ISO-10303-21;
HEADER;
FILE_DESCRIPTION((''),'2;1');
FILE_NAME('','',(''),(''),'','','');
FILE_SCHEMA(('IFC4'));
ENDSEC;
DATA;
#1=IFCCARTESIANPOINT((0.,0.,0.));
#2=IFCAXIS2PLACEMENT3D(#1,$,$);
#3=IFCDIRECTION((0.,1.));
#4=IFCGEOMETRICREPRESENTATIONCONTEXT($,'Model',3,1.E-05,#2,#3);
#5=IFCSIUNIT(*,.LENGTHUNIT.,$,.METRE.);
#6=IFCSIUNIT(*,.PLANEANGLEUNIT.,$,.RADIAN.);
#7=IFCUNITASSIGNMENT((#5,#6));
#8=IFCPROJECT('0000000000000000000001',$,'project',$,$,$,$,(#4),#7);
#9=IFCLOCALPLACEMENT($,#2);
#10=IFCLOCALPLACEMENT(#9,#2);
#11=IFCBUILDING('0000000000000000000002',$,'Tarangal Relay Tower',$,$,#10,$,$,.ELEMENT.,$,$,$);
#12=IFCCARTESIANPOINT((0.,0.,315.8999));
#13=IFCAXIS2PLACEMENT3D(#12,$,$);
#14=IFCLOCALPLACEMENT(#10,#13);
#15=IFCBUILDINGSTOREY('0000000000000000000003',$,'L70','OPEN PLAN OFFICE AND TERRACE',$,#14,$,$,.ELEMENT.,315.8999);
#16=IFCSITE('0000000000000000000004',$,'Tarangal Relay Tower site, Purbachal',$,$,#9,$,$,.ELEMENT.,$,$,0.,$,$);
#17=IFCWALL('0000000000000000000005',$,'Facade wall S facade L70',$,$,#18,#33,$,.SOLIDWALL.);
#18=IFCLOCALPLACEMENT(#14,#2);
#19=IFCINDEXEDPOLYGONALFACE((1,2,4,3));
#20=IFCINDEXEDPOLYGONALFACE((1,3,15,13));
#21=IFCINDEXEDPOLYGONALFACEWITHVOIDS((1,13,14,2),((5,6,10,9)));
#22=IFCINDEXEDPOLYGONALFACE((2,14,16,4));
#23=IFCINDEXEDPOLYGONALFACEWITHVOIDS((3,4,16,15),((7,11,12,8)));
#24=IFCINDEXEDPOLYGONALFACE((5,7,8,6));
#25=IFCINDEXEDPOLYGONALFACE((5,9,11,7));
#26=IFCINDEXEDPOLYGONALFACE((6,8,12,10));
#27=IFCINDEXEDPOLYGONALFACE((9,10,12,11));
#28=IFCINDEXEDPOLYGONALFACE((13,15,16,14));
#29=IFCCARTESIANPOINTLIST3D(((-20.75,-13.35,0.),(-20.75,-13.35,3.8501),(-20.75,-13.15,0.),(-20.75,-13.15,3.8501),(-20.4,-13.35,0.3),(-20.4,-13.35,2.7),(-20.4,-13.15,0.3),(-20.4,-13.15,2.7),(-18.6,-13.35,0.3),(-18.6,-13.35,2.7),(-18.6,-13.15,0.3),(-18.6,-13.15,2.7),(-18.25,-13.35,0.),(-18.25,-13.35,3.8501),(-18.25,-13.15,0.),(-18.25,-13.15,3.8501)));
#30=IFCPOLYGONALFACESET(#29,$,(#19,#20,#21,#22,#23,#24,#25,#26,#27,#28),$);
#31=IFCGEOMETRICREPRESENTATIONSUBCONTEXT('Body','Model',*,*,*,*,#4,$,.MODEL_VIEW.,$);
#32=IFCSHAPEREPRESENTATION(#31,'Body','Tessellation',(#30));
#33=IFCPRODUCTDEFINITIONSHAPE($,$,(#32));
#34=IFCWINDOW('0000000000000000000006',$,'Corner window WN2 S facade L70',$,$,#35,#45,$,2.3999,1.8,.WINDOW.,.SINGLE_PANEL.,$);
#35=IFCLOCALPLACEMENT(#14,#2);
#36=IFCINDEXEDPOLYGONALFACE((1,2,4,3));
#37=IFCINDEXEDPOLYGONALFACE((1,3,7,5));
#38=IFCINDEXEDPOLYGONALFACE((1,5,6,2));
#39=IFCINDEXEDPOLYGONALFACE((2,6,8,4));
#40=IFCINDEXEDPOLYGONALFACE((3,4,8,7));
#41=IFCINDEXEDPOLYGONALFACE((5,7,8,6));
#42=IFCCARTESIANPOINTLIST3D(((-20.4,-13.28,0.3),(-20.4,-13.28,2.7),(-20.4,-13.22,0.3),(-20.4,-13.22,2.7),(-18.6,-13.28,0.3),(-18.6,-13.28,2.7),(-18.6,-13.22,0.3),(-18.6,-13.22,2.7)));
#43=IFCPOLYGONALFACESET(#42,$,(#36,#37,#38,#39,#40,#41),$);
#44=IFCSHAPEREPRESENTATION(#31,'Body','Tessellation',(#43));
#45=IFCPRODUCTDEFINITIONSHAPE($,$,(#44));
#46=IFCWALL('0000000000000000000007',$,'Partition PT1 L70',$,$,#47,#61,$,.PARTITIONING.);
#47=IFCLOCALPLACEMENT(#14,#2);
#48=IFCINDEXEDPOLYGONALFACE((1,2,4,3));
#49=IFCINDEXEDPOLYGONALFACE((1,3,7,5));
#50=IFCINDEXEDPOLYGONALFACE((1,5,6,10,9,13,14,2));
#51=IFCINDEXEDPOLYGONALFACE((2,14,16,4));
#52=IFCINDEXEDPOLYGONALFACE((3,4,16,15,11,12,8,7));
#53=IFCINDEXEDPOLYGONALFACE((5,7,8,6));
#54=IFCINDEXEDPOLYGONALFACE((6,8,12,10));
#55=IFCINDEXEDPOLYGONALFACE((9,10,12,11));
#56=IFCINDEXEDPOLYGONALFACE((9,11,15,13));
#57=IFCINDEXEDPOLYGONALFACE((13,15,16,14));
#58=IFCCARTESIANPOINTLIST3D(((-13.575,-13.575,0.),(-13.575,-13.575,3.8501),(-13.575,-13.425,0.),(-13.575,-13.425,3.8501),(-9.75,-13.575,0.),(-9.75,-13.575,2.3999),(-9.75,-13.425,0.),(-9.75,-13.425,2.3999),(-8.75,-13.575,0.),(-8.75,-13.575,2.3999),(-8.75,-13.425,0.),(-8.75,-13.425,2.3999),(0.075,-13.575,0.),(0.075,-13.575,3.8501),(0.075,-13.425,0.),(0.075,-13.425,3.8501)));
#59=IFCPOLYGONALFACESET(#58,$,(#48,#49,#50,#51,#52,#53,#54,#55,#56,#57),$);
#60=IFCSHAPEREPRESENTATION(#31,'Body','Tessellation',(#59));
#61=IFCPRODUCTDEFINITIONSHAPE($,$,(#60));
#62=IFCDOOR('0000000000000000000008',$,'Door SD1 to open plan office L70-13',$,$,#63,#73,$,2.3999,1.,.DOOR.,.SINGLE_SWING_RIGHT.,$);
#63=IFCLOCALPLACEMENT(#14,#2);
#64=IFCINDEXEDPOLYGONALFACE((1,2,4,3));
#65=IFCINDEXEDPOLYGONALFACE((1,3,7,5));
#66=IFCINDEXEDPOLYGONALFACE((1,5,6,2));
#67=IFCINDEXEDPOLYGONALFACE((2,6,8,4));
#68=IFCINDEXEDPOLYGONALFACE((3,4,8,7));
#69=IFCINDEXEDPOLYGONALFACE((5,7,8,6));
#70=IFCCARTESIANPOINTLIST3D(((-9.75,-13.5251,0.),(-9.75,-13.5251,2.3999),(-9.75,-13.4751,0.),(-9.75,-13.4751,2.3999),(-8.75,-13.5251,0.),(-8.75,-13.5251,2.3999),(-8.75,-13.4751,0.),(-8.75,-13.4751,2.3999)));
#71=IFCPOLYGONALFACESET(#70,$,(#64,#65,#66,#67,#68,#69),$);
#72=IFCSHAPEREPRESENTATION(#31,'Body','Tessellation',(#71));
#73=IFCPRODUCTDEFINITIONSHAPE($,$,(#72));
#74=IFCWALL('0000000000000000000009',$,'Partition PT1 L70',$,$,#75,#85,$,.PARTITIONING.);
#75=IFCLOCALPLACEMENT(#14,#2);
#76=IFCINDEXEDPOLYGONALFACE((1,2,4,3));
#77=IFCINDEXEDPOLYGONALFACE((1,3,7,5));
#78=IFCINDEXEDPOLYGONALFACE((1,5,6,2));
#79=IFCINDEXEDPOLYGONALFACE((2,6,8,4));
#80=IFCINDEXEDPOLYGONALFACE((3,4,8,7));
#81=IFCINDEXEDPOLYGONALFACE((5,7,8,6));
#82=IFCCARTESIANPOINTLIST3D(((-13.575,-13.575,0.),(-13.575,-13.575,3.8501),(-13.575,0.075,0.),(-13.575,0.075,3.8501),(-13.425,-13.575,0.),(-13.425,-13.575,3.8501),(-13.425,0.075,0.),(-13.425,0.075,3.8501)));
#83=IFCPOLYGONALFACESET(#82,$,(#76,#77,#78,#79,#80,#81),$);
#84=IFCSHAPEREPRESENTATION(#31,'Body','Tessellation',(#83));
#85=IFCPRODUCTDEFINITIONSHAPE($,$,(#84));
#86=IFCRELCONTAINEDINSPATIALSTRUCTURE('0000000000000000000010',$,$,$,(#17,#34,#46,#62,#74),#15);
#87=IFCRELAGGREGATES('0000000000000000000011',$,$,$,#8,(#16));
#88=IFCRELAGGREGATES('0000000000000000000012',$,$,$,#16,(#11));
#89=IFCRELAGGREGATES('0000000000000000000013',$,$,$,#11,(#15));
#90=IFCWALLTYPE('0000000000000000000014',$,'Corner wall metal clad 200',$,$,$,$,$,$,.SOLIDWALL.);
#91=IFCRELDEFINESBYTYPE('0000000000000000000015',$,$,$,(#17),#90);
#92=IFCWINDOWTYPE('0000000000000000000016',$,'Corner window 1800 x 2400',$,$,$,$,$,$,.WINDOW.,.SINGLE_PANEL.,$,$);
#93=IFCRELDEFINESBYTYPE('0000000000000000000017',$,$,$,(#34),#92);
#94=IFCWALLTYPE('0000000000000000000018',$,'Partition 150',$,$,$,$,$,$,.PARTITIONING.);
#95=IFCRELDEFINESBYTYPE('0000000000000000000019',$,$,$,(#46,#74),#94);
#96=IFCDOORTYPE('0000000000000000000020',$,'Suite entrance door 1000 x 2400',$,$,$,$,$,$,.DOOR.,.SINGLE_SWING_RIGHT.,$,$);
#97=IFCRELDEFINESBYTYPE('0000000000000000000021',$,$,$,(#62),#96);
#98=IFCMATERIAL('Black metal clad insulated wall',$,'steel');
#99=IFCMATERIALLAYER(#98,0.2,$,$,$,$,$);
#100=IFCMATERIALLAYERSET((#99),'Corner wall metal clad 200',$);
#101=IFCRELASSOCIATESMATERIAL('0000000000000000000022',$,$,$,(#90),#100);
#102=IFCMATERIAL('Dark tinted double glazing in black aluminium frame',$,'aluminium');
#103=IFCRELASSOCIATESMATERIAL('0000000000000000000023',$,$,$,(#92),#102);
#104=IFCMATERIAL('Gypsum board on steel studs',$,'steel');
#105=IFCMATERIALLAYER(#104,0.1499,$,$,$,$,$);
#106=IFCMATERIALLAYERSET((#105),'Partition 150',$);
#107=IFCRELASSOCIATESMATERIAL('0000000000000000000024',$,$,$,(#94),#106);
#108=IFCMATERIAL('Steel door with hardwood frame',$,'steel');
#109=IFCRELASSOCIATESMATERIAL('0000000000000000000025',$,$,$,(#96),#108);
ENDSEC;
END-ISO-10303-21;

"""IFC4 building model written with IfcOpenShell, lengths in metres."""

from ifc_helpers import new_model, si_unit, direction, frame, frame_2d, origin, place, context, subcontext, project, spatial, rectangle, extrude, material, layer, layer_set, type_object, element, fill, save


model = new_model("IFC4")

# Units and contexts
model_context = context("Model", 3, precision=1e-05, world=origin(), true_north=direction((0.0, 1.0)))
body_context = subcontext(model_context, "Body", "Model", "MODEL_VIEW")
ifc_project = project(units=[si_unit("LENGTHUNIT", "METRE"), si_unit("PLANEANGLEUNIT", "RADIAN")], contexts=[model_context])

# Site, building, storey
site_placement = place(None, origin())
site = spatial("IfcSite", under=ifc_project, at=site_placement, Name="Tarangal Relay Tower site, Purbachal", CompositionType="ELEMENT", RefElevation=0.0)
building_placement = place(site_placement, origin())
building = spatial("IfcBuilding", under=site, at=building_placement, Name="Tarangal Relay Tower", CompositionType="ELEMENT")
storey_placement = place(building_placement, frame((0.0, 0.0, 315.8999)))
storey = spatial("IfcBuildingStorey", under=building, at=storey_placement, Name="L70", Description="OPEN PLAN OFFICE AND TERRACE", CompositionType="ELEMENT", Elevation=315.8999)

# Shared definitions
ifc_material_1 = material(Name="Black metal clad insulated wall", Category="steel")
ifc_layer_1 = layer(ifc_material_1, 0.2)
ifc_layer_set_1 = layer_set([ifc_layer_1], Name="Corner wall metal clad 200")
wall_type_1 = type_object("IfcWallType", Name="Corner wall metal clad 200", PredefinedType="SOLIDWALL", material=ifc_layer_set_1)

# Shared definitions
ifc_material_2 = material(Name="Dark tinted double glazing in black aluminium frame", Category="aluminium")
window_type = type_object("IfcWindowType", Name="Corner window 1800 x 2400", PartitioningType="SINGLE_PANEL", PredefinedType="WINDOW", material=ifc_material_2)

# Wall, opening, window
wall_1_placement = place(storey_placement, frame((-18.25, -13.25, 0.0), z_axis=(0.0, 0.0, 1.0), x_axis=(-1.0, 0.0, 0.0)))
wall_1 = element("IfcWall", 1, at=wall_1_placement, inside=storey, type_object=wall_type_1, Name="Facade wall S facade L70", PredefinedType="SOLIDWALL", context=body_context, shape_type="SweptSolid", body=[
    extrude(rectangle(XDim=2.5, YDim=0.2, at=frame_2d((1.25, 0.0))), origin(), (0.0, 0.0, 1.0), 3.8501),
])
opening_1_placement = place(wall_1_placement, frame((0.3501, 0.0, 0.3)))
opening_1 = element("IfcOpeningElement", 2, at=opening_1_placement, cuts=wall_1, PredefinedType="OPENING", context=body_context, shape_type="SweptSolid", body=[
    extrude(rectangle(XDim=1.8, YDim=2.3999, at=frame_2d((0.8999, 1.2))), frame((0.0, 0.1099, 0.0), z_axis=(0.0, -1.0, 0.0), x_axis=(1.0, 0.0, 0.0)), (0.0, 0.0, 1.0), 0.22),
])
window_1_placement = place(opening_1_placement, origin())
window_1 = element("IfcWindow", 3, at=window_1_placement, inside=storey, type_object=window_type, Name="Corner window WN2 S facade L70", OverallHeight=2.3999, OverallWidth=1.8, PartitioningType="SINGLE_PANEL", PredefinedType="WINDOW", context=body_context, shape_type="SweptSolid", body=[
    extrude(rectangle(XDim=1.8, YDim=2.3999, at=frame_2d((0.8999, 1.2))), frame((0.0, 0.03, 0.0), z_axis=(0.0, -1.0, 0.0), x_axis=(1.0, 0.0, 0.0)), (0.0, 0.0, 1.0), 0.0601),
])
fill(opening_1, window_1)

# Wall, opening, door
ifc_material_3 = material(Name="Gypsum board on steel studs", Category="steel")
ifc_layer_2 = layer(ifc_material_3, 0.1499)
ifc_layer_set_2 = layer_set([ifc_layer_2], Name="Partition 150")
wall_type_2 = type_object("IfcWallType", Name="Partition 150", PredefinedType="PARTITIONING", material=ifc_layer_set_2)
wall_2_placement = place(storey_placement, frame((-13.575, -13.5, 0.0), z_axis=(0.0, 0.0, 1.0), x_axis=(1.0, 0.0, 0.0)))
wall_2 = element("IfcWall", 4, at=wall_2_placement, inside=storey, type_object=wall_type_2, Name="Partition PT1 L70", PredefinedType="PARTITIONING", context=body_context, shape_type="SweptSolid", body=[
    extrude(rectangle(XDim=13.6499, YDim=0.1499, at=frame_2d((6.825, 0.0))), origin(), (0.0, 0.0, 1.0), 3.8501),
])
opening_2_placement = place(wall_2_placement, frame((3.825, 0.0, 0.0)))
opening_2 = element("IfcOpeningElement", 5, at=opening_2_placement, cuts=wall_2, PredefinedType="OPENING", context=body_context, shape_type="SweptSolid", body=[
    extrude(rectangle(XDim=1.0, YDim=2.3999, at=frame_2d((0.5, 1.2))), frame((0.0, 0.085, 0.0), z_axis=(0.0, -1.0, 0.0), x_axis=(1.0, 0.0, 0.0)), (0.0, 0.0, 1.0), 0.1699),
])
ifc_material_4 = material(Name="Steel door with hardwood frame", Category="steel")
door_type_1 = type_object("IfcDoorType", Name="Suite entrance door 1000 x 2400", OperationType="SINGLE_SWING_RIGHT", PredefinedType="DOOR", material=ifc_material_4)
door_1_placement = place(opening_2_placement, origin())
door_1 = element("IfcDoor", 6, at=door_1_placement, inside=storey, type_object=door_type_1, Name="Door SD1 to open plan office L70-13", OperationType="SINGLE_SWING_RIGHT", OverallHeight=2.3999, OverallWidth=1.0, PredefinedType="DOOR", context=body_context, shape_type="SweptSolid", body=[
    extrude(rectangle(XDim=1.0, YDim=2.3999, at=frame_2d((0.5, 1.2))), frame((0.0, 0.0249, 0.0), z_axis=(0.0, -1.0, 0.0), x_axis=(1.0, 0.0, 0.0)), (0.0, 0.0, 1.0), 0.05),
])
fill(opening_2, door_1)

# Wall
wall_3_placement = place(storey_placement, frame((-13.5, -13.575, 0.0), z_axis=(0.0, 0.0, 1.0), x_axis=(0.0, 1.0, 0.0)))
element("IfcWall", 7, at=wall_3_placement, inside=storey, type_object=wall_type_2, Name="Partition PT1 L70", PredefinedType="PARTITIONING", context=body_context, shape_type="SweptSolid", body=[
    extrude(rectangle(XDim=13.6499, YDim=0.1499, at=frame_2d((6.825, 0.0))), origin(), (0.0, 0.0, 1.0), 3.8501),
])

save(model, "model.ifc")
